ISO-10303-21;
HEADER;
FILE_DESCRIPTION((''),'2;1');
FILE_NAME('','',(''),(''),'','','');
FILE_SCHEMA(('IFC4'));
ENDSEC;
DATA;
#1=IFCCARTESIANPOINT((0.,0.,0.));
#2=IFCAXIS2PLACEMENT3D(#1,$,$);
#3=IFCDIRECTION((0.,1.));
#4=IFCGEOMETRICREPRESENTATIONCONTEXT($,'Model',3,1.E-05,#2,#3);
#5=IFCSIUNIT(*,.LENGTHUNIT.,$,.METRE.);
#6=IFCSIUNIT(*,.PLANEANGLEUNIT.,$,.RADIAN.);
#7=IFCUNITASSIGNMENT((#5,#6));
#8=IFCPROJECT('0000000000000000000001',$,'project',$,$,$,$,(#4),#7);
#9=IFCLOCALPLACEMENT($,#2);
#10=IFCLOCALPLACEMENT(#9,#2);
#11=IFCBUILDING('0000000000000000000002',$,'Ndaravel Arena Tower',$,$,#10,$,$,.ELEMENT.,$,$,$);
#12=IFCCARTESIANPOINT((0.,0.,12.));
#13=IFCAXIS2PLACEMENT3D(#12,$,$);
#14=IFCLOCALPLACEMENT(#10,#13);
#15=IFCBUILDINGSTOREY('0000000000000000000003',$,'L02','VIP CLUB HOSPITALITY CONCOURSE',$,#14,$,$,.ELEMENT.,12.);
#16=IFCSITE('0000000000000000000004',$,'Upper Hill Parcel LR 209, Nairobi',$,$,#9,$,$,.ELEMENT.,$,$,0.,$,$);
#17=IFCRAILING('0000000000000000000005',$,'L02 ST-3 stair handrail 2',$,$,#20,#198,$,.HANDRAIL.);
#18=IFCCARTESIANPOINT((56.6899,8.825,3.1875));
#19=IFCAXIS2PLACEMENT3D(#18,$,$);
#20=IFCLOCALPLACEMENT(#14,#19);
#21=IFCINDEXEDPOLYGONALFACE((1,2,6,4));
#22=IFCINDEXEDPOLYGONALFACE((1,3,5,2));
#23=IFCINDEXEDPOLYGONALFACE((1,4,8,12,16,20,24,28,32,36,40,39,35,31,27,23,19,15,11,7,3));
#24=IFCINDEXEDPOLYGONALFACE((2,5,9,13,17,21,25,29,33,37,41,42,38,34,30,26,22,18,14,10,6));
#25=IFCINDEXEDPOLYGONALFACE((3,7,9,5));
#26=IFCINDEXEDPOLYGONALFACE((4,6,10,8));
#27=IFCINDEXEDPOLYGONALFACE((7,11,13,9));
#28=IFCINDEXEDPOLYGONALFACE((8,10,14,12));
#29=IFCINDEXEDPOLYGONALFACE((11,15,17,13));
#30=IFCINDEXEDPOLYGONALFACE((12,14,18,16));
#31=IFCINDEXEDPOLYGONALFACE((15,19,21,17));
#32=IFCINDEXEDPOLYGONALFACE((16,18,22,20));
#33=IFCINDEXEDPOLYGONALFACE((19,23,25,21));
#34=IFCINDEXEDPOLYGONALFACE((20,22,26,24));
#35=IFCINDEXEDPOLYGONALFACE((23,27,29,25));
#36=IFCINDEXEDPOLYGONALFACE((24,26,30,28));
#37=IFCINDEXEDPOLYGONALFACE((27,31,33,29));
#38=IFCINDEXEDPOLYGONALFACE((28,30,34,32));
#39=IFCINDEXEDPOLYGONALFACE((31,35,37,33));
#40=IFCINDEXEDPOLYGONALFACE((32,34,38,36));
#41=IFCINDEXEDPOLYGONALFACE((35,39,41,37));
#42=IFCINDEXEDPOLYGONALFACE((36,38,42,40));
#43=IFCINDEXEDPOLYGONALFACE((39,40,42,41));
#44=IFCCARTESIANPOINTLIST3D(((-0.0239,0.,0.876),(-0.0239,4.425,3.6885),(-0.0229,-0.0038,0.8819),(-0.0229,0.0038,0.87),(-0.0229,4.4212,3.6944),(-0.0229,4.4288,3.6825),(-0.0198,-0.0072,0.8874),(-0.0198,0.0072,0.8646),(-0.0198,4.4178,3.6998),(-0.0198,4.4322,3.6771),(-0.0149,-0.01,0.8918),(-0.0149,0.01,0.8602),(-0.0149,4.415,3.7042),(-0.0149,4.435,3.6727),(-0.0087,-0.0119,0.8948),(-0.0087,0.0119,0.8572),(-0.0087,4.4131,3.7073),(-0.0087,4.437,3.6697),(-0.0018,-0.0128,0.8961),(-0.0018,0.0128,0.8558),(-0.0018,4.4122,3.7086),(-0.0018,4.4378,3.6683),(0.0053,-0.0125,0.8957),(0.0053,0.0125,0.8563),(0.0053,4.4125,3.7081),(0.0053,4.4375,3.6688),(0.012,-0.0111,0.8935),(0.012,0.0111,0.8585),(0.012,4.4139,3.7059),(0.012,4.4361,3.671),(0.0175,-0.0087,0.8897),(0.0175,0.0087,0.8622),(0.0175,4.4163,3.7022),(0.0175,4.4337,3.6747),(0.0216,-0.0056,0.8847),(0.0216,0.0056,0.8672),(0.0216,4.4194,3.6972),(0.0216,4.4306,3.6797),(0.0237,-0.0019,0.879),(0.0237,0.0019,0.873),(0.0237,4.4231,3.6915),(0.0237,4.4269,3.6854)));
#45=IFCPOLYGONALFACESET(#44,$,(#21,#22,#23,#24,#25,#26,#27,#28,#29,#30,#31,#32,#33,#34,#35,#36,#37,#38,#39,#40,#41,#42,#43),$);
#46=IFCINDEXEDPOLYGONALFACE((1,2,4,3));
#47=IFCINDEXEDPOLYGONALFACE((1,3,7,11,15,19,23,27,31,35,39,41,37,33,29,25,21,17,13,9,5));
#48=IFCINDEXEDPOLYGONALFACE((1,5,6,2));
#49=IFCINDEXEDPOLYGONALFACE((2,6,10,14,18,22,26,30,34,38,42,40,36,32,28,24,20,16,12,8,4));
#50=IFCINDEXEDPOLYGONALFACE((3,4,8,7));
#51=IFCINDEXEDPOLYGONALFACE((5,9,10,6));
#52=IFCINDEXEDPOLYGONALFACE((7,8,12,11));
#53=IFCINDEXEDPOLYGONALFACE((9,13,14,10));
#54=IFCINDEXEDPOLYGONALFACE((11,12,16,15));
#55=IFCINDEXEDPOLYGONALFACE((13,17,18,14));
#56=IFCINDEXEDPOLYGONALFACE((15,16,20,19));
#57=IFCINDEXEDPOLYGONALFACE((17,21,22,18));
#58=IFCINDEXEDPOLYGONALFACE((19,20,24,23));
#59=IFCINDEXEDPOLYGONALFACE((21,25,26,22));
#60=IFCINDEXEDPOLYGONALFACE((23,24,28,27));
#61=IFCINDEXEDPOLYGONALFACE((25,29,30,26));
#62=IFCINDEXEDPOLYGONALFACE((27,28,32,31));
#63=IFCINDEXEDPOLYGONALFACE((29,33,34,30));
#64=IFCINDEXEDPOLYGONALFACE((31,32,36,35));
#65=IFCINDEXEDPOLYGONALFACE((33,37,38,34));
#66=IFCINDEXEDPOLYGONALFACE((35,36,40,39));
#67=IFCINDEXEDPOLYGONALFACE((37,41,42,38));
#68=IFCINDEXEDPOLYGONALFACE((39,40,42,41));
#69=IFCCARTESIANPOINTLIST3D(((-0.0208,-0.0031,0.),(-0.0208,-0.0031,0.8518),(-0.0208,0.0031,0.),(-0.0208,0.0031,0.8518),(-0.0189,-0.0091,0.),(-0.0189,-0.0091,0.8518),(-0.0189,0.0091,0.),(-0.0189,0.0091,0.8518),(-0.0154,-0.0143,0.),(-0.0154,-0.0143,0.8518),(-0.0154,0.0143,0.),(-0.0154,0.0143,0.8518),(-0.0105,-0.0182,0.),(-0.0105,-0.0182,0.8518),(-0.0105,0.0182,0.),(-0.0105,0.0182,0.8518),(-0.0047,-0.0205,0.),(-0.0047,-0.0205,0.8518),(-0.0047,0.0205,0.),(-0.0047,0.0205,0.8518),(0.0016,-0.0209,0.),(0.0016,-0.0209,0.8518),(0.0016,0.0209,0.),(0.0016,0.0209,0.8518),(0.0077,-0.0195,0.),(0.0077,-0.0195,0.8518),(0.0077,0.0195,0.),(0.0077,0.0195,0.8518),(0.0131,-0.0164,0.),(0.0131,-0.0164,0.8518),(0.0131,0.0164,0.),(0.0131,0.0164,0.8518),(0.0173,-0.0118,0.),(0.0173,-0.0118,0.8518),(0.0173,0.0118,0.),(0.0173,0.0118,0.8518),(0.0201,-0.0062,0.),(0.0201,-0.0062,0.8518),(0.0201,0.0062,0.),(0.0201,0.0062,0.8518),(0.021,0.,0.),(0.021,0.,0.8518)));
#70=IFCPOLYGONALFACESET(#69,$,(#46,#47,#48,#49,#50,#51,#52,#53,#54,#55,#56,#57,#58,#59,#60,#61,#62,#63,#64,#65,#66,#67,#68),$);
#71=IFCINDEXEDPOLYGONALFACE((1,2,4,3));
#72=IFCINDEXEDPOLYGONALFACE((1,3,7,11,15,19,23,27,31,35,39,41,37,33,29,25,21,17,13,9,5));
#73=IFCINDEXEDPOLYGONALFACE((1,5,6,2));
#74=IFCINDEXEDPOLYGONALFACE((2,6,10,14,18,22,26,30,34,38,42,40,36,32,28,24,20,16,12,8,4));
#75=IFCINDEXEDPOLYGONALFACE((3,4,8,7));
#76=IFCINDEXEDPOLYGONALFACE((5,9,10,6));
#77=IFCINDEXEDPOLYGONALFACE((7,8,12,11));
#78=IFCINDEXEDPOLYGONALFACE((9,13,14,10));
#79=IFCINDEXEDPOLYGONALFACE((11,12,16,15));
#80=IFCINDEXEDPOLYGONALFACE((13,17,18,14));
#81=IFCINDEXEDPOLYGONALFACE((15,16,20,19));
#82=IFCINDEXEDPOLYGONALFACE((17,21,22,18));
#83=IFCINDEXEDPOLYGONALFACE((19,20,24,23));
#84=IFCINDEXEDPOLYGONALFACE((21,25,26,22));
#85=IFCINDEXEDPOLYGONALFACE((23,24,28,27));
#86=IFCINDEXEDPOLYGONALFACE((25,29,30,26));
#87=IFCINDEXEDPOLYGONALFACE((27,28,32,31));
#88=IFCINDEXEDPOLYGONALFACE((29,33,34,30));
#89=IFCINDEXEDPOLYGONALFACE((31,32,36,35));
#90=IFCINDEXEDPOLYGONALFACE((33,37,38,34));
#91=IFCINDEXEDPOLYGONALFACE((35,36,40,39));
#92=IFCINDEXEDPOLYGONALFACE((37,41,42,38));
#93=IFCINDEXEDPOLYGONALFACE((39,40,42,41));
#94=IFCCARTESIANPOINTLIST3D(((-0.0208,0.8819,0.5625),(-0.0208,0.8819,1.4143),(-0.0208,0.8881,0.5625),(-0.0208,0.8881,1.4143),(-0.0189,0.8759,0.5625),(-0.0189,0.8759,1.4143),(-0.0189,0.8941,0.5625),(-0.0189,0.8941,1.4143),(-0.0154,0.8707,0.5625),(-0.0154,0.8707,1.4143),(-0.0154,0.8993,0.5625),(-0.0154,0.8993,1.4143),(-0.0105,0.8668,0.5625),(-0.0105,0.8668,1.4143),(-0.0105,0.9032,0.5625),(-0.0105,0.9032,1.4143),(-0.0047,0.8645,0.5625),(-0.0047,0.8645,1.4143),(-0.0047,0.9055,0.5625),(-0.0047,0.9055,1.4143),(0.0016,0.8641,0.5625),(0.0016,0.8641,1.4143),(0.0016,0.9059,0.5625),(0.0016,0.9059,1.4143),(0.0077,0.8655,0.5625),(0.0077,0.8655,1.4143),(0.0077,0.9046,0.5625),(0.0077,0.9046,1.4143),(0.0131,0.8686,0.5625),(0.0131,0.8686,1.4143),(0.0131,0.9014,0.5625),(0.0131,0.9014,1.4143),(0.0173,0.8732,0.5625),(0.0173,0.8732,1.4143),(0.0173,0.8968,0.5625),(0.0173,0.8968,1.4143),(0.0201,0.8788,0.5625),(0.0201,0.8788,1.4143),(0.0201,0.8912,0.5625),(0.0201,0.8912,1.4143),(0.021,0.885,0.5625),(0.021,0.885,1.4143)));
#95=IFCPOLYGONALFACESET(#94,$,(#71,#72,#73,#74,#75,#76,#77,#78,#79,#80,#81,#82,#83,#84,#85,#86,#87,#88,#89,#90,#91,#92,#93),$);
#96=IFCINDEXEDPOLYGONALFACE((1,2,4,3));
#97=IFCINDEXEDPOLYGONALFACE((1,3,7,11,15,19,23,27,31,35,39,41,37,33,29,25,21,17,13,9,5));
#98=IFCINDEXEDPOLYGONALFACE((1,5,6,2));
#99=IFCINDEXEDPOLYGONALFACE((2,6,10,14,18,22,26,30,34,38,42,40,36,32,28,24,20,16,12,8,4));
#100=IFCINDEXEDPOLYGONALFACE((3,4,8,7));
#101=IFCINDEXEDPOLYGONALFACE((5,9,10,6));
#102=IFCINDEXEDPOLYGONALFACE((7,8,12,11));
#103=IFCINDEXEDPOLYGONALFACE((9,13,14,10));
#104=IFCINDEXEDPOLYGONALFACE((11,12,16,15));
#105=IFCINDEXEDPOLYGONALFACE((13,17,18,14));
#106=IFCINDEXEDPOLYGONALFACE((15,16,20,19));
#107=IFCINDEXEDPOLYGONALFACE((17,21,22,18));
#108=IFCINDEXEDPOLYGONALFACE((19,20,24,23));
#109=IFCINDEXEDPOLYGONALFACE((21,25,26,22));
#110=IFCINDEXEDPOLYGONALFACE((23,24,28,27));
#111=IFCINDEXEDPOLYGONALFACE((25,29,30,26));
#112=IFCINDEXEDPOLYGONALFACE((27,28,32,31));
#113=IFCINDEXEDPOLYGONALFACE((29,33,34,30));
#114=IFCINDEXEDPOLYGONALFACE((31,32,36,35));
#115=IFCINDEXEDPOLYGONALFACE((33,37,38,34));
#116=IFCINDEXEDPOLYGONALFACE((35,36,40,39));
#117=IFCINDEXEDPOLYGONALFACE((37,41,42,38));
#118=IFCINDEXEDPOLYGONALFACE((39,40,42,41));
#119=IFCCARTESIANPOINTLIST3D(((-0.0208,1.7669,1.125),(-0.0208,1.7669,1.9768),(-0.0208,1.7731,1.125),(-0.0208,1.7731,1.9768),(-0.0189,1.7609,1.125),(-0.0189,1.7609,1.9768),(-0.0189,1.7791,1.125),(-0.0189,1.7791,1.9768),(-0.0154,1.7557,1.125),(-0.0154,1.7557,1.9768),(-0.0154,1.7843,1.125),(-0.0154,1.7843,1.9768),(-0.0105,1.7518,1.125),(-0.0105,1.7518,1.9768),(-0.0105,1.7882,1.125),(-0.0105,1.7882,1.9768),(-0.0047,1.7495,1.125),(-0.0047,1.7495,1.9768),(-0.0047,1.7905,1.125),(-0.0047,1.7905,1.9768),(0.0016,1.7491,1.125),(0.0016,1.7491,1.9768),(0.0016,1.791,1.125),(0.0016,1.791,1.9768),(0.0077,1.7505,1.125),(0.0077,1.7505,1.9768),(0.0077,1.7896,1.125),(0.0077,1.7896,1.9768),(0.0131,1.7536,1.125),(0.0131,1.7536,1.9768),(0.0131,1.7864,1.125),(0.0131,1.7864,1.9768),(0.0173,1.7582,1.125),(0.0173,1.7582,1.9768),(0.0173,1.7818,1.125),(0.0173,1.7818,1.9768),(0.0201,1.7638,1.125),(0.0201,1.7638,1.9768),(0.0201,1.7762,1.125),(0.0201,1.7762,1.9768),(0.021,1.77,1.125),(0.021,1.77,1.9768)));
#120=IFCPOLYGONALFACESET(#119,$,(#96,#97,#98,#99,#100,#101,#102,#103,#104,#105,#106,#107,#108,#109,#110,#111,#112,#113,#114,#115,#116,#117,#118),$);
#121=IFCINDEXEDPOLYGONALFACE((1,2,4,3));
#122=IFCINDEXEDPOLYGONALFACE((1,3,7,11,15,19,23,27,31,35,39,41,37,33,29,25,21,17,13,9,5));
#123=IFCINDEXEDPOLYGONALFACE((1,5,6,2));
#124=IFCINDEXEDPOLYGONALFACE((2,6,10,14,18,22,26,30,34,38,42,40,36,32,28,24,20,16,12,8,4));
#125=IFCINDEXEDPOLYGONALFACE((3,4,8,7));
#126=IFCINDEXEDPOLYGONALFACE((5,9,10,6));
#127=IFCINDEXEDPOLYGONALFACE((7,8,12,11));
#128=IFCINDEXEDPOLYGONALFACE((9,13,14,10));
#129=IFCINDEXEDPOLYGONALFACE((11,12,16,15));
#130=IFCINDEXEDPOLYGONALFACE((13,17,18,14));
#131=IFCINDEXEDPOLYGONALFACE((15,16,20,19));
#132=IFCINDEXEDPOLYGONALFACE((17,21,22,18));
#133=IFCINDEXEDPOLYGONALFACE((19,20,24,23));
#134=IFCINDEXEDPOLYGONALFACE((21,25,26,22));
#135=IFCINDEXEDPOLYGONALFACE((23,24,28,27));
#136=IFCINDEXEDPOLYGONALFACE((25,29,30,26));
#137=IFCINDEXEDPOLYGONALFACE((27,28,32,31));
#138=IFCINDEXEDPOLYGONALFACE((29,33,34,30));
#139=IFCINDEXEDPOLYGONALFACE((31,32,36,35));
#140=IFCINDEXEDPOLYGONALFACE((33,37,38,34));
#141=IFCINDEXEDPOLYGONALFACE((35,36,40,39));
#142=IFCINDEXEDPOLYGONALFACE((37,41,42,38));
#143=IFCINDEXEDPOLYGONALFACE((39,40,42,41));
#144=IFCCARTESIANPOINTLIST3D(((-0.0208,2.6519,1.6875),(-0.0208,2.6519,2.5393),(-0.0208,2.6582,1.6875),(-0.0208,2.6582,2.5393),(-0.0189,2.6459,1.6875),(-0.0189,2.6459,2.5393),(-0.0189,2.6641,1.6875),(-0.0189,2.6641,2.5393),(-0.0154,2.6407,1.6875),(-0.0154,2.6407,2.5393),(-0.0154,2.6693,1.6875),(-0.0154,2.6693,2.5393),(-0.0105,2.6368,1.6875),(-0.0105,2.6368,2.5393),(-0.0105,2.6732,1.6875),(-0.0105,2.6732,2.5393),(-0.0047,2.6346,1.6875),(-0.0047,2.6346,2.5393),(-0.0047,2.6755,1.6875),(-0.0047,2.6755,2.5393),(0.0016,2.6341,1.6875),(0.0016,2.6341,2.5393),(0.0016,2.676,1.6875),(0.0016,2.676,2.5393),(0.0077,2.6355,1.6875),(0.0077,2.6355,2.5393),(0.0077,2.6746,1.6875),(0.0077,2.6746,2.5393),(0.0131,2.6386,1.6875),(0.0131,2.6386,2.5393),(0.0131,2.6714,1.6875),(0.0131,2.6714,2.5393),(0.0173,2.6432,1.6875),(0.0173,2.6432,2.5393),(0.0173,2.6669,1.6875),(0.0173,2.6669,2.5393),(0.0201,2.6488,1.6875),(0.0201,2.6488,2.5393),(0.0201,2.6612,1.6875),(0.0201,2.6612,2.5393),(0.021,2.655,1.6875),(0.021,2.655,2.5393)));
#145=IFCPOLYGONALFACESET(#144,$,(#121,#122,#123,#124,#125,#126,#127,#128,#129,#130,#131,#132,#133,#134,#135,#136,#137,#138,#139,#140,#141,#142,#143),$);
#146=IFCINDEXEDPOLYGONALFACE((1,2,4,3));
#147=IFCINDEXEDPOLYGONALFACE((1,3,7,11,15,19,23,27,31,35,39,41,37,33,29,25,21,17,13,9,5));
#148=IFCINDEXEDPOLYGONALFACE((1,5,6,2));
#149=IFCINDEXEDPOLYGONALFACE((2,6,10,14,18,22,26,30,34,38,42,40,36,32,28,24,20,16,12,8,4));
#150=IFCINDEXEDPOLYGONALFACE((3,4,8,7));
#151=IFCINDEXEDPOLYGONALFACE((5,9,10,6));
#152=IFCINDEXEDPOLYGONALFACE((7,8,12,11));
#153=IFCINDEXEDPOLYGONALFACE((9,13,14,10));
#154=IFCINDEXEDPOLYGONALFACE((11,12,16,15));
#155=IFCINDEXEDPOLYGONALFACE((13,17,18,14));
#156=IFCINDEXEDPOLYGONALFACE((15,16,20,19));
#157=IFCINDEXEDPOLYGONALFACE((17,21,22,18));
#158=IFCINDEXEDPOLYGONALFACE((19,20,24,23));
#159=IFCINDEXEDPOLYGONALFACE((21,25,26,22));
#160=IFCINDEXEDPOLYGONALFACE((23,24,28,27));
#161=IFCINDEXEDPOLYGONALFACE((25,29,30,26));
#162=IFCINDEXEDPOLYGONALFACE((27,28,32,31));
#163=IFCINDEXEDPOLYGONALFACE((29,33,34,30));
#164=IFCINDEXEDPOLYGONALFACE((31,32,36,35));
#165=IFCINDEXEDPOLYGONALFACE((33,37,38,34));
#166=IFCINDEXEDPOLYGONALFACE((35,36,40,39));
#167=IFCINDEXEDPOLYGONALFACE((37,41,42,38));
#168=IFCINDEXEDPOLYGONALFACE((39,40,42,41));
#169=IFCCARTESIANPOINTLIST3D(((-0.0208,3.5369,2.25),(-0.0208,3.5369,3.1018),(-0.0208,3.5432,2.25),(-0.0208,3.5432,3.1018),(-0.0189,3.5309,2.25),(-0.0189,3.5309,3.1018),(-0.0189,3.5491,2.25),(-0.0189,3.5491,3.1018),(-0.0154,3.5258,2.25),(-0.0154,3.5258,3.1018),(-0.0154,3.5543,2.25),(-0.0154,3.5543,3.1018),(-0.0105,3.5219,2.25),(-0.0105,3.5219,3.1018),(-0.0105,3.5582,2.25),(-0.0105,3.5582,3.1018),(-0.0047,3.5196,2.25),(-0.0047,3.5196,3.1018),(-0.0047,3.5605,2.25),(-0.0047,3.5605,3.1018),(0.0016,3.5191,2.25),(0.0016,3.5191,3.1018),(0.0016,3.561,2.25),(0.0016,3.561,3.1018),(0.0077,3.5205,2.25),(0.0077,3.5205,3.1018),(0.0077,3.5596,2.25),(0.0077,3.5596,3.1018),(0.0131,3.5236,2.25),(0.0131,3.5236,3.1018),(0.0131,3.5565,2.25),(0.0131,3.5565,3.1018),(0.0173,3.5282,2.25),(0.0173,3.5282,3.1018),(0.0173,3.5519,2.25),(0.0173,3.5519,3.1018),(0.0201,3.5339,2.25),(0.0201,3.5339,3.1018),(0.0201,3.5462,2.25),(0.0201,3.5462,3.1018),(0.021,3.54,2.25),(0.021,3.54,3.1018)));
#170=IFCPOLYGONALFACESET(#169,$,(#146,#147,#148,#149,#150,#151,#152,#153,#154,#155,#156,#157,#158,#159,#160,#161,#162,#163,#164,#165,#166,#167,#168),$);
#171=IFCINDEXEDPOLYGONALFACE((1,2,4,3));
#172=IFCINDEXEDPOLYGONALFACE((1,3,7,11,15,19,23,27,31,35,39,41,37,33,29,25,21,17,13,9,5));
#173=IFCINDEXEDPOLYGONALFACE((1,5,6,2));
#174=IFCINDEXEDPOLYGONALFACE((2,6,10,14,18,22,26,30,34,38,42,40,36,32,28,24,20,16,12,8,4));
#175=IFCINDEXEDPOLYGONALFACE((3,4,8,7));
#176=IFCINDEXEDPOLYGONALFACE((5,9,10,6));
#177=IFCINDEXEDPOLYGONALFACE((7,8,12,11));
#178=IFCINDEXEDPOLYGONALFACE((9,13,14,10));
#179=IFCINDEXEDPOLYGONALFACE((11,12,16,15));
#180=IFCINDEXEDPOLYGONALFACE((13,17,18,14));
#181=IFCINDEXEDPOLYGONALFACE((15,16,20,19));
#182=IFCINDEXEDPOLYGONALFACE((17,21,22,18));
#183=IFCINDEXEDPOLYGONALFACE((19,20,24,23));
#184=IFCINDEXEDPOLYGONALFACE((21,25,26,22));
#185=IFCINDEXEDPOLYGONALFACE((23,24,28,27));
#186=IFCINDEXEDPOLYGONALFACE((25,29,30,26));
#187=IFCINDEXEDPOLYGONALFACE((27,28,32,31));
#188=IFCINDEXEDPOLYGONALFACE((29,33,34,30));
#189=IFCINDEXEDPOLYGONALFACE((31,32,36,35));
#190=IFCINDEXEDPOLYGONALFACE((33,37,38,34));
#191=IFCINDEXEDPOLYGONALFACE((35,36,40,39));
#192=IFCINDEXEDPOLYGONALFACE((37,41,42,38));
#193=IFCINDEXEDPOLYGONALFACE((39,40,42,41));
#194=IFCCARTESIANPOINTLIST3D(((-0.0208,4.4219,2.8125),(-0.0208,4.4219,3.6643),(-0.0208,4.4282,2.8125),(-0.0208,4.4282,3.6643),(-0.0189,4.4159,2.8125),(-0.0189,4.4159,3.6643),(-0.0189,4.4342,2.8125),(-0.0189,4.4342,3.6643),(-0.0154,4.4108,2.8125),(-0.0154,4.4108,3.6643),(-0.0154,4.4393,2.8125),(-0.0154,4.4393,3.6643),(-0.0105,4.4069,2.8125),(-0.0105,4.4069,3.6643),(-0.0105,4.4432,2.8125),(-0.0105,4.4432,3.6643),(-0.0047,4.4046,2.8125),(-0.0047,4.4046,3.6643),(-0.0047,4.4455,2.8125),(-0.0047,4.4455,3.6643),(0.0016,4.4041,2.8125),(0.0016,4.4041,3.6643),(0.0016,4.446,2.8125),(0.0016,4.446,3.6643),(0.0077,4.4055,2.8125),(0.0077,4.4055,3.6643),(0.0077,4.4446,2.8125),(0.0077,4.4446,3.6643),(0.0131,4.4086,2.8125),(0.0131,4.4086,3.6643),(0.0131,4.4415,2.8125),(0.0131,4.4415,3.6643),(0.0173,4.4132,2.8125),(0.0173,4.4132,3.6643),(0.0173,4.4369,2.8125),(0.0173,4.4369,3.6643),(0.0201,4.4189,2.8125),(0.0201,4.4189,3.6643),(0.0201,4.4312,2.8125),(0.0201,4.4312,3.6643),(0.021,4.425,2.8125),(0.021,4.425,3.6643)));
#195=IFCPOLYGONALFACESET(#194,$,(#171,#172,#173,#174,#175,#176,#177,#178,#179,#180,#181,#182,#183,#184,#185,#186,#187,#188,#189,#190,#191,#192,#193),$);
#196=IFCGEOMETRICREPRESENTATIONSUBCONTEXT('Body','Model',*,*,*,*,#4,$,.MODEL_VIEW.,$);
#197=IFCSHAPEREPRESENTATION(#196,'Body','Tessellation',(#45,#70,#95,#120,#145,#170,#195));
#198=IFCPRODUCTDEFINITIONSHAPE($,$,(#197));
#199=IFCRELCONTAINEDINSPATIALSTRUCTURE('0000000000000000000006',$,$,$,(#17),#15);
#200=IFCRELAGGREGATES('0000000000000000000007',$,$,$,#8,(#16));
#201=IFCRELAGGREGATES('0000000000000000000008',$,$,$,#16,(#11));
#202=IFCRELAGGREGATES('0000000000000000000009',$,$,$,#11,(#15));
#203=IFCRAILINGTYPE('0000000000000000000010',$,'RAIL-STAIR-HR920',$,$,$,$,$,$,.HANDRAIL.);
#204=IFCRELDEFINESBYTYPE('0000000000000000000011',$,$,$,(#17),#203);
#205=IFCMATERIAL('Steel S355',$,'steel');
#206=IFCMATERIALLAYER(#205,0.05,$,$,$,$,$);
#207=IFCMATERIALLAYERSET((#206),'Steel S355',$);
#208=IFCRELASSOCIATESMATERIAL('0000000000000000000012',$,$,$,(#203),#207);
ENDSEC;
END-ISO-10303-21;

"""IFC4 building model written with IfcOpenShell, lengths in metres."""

from ifc_helpers import new_model, si_unit, direction, frame, origin, origin_2d, place, context, subcontext, project, spatial, circle, extrude, material, layer, layer_set, type_object, element, save


model = new_model("IFC4")

# Units and contexts
model_context = context("Model", 3, precision=1e-05, world=origin(), true_north=direction((0.0, 1.0)))
body_context = subcontext(model_context, "Body", "Model", "MODEL_VIEW")
ifc_project = project(units=[si_unit("LENGTHUNIT", "METRE"), si_unit("PLANEANGLEUNIT", "RADIAN")], contexts=[model_context])

# Site, building, storey
site_placement = place(None, origin())
site = spatial("IfcSite", under=ifc_project, at=site_placement, Name="Upper Hill Parcel LR 209, Nairobi", CompositionType="ELEMENT", RefElevation=0.0)
building_placement = place(site_placement, origin())
building = spatial("IfcBuilding", under=site, at=building_placement, Name="Ndaravel Arena Tower", CompositionType="ELEMENT")
storey_placement = place(building_placement, frame((0.0, 0.0, 12.0)))
storey = spatial("IfcBuildingStorey", under=building, at=storey_placement, Name="L02", Description="VIP CLUB HOSPITALITY CONCOURSE", CompositionType="ELEMENT", Elevation=12.0)

# Railing
ifc_material_1 = material(Name="Steel S355", Category="steel")
ifc_layer_1 = layer(ifc_material_1, 0.05)
ifc_layer_set_1 = layer_set([ifc_layer_1], Name="Steel S355")
railing_type_1 = type_object("IfcRailingType", Name="RAIL-STAIR-HR920", PredefinedType="HANDRAIL", material=ifc_layer_set_1)
railing_1_placement = place(storey_placement, frame((56.6899, 8.825, 3.1875)))
element("IfcRailing", 1, at=railing_1_placement, inside=storey, type_object=railing_type_1, Name="L02 ST-3 stair handrail 2", PredefinedType="HANDRAIL", context=body_context, shape_type="SweptSolid", body=[
    extrude(circle(Radius=0.0239, at=origin_2d()), frame((0.0, 0.0, 0.876), z_axis=(0.0, 0.843959, 0.536408), x_axis=(-1.0, 0.0, 0.0)), (0.0, 0.0, 1.0), 5.2432),
    extrude(circle(Radius=0.021, at=origin_2d()), origin(), (0.0, 0.0, 1.0), 0.8518),
    extrude(circle(Radius=0.021, at=origin_2d()), frame((0.0, 0.885, 0.5625)), (0.0, 0.0, 1.0), 0.8518),
    extrude(circle(Radius=0.021, at=origin_2d()), frame((0.0, 1.77, 1.125)), (0.0, 0.0, 1.0), 0.8518),
    extrude(circle(Radius=0.021, at=origin_2d()), frame((0.0, 2.655, 1.6875)), (0.0, 0.0, 1.0), 0.8518),
    extrude(circle(Radius=0.021, at=origin_2d()), frame((0.0, 3.54, 2.25)), (0.0, 0.0, 1.0), 0.8518),
    extrude(circle(Radius=0.021, at=origin_2d()), frame((0.0, 4.425, 2.8125)), (0.0, 0.0, 1.0), 0.8518),
])

save(model, "model.ifc")
